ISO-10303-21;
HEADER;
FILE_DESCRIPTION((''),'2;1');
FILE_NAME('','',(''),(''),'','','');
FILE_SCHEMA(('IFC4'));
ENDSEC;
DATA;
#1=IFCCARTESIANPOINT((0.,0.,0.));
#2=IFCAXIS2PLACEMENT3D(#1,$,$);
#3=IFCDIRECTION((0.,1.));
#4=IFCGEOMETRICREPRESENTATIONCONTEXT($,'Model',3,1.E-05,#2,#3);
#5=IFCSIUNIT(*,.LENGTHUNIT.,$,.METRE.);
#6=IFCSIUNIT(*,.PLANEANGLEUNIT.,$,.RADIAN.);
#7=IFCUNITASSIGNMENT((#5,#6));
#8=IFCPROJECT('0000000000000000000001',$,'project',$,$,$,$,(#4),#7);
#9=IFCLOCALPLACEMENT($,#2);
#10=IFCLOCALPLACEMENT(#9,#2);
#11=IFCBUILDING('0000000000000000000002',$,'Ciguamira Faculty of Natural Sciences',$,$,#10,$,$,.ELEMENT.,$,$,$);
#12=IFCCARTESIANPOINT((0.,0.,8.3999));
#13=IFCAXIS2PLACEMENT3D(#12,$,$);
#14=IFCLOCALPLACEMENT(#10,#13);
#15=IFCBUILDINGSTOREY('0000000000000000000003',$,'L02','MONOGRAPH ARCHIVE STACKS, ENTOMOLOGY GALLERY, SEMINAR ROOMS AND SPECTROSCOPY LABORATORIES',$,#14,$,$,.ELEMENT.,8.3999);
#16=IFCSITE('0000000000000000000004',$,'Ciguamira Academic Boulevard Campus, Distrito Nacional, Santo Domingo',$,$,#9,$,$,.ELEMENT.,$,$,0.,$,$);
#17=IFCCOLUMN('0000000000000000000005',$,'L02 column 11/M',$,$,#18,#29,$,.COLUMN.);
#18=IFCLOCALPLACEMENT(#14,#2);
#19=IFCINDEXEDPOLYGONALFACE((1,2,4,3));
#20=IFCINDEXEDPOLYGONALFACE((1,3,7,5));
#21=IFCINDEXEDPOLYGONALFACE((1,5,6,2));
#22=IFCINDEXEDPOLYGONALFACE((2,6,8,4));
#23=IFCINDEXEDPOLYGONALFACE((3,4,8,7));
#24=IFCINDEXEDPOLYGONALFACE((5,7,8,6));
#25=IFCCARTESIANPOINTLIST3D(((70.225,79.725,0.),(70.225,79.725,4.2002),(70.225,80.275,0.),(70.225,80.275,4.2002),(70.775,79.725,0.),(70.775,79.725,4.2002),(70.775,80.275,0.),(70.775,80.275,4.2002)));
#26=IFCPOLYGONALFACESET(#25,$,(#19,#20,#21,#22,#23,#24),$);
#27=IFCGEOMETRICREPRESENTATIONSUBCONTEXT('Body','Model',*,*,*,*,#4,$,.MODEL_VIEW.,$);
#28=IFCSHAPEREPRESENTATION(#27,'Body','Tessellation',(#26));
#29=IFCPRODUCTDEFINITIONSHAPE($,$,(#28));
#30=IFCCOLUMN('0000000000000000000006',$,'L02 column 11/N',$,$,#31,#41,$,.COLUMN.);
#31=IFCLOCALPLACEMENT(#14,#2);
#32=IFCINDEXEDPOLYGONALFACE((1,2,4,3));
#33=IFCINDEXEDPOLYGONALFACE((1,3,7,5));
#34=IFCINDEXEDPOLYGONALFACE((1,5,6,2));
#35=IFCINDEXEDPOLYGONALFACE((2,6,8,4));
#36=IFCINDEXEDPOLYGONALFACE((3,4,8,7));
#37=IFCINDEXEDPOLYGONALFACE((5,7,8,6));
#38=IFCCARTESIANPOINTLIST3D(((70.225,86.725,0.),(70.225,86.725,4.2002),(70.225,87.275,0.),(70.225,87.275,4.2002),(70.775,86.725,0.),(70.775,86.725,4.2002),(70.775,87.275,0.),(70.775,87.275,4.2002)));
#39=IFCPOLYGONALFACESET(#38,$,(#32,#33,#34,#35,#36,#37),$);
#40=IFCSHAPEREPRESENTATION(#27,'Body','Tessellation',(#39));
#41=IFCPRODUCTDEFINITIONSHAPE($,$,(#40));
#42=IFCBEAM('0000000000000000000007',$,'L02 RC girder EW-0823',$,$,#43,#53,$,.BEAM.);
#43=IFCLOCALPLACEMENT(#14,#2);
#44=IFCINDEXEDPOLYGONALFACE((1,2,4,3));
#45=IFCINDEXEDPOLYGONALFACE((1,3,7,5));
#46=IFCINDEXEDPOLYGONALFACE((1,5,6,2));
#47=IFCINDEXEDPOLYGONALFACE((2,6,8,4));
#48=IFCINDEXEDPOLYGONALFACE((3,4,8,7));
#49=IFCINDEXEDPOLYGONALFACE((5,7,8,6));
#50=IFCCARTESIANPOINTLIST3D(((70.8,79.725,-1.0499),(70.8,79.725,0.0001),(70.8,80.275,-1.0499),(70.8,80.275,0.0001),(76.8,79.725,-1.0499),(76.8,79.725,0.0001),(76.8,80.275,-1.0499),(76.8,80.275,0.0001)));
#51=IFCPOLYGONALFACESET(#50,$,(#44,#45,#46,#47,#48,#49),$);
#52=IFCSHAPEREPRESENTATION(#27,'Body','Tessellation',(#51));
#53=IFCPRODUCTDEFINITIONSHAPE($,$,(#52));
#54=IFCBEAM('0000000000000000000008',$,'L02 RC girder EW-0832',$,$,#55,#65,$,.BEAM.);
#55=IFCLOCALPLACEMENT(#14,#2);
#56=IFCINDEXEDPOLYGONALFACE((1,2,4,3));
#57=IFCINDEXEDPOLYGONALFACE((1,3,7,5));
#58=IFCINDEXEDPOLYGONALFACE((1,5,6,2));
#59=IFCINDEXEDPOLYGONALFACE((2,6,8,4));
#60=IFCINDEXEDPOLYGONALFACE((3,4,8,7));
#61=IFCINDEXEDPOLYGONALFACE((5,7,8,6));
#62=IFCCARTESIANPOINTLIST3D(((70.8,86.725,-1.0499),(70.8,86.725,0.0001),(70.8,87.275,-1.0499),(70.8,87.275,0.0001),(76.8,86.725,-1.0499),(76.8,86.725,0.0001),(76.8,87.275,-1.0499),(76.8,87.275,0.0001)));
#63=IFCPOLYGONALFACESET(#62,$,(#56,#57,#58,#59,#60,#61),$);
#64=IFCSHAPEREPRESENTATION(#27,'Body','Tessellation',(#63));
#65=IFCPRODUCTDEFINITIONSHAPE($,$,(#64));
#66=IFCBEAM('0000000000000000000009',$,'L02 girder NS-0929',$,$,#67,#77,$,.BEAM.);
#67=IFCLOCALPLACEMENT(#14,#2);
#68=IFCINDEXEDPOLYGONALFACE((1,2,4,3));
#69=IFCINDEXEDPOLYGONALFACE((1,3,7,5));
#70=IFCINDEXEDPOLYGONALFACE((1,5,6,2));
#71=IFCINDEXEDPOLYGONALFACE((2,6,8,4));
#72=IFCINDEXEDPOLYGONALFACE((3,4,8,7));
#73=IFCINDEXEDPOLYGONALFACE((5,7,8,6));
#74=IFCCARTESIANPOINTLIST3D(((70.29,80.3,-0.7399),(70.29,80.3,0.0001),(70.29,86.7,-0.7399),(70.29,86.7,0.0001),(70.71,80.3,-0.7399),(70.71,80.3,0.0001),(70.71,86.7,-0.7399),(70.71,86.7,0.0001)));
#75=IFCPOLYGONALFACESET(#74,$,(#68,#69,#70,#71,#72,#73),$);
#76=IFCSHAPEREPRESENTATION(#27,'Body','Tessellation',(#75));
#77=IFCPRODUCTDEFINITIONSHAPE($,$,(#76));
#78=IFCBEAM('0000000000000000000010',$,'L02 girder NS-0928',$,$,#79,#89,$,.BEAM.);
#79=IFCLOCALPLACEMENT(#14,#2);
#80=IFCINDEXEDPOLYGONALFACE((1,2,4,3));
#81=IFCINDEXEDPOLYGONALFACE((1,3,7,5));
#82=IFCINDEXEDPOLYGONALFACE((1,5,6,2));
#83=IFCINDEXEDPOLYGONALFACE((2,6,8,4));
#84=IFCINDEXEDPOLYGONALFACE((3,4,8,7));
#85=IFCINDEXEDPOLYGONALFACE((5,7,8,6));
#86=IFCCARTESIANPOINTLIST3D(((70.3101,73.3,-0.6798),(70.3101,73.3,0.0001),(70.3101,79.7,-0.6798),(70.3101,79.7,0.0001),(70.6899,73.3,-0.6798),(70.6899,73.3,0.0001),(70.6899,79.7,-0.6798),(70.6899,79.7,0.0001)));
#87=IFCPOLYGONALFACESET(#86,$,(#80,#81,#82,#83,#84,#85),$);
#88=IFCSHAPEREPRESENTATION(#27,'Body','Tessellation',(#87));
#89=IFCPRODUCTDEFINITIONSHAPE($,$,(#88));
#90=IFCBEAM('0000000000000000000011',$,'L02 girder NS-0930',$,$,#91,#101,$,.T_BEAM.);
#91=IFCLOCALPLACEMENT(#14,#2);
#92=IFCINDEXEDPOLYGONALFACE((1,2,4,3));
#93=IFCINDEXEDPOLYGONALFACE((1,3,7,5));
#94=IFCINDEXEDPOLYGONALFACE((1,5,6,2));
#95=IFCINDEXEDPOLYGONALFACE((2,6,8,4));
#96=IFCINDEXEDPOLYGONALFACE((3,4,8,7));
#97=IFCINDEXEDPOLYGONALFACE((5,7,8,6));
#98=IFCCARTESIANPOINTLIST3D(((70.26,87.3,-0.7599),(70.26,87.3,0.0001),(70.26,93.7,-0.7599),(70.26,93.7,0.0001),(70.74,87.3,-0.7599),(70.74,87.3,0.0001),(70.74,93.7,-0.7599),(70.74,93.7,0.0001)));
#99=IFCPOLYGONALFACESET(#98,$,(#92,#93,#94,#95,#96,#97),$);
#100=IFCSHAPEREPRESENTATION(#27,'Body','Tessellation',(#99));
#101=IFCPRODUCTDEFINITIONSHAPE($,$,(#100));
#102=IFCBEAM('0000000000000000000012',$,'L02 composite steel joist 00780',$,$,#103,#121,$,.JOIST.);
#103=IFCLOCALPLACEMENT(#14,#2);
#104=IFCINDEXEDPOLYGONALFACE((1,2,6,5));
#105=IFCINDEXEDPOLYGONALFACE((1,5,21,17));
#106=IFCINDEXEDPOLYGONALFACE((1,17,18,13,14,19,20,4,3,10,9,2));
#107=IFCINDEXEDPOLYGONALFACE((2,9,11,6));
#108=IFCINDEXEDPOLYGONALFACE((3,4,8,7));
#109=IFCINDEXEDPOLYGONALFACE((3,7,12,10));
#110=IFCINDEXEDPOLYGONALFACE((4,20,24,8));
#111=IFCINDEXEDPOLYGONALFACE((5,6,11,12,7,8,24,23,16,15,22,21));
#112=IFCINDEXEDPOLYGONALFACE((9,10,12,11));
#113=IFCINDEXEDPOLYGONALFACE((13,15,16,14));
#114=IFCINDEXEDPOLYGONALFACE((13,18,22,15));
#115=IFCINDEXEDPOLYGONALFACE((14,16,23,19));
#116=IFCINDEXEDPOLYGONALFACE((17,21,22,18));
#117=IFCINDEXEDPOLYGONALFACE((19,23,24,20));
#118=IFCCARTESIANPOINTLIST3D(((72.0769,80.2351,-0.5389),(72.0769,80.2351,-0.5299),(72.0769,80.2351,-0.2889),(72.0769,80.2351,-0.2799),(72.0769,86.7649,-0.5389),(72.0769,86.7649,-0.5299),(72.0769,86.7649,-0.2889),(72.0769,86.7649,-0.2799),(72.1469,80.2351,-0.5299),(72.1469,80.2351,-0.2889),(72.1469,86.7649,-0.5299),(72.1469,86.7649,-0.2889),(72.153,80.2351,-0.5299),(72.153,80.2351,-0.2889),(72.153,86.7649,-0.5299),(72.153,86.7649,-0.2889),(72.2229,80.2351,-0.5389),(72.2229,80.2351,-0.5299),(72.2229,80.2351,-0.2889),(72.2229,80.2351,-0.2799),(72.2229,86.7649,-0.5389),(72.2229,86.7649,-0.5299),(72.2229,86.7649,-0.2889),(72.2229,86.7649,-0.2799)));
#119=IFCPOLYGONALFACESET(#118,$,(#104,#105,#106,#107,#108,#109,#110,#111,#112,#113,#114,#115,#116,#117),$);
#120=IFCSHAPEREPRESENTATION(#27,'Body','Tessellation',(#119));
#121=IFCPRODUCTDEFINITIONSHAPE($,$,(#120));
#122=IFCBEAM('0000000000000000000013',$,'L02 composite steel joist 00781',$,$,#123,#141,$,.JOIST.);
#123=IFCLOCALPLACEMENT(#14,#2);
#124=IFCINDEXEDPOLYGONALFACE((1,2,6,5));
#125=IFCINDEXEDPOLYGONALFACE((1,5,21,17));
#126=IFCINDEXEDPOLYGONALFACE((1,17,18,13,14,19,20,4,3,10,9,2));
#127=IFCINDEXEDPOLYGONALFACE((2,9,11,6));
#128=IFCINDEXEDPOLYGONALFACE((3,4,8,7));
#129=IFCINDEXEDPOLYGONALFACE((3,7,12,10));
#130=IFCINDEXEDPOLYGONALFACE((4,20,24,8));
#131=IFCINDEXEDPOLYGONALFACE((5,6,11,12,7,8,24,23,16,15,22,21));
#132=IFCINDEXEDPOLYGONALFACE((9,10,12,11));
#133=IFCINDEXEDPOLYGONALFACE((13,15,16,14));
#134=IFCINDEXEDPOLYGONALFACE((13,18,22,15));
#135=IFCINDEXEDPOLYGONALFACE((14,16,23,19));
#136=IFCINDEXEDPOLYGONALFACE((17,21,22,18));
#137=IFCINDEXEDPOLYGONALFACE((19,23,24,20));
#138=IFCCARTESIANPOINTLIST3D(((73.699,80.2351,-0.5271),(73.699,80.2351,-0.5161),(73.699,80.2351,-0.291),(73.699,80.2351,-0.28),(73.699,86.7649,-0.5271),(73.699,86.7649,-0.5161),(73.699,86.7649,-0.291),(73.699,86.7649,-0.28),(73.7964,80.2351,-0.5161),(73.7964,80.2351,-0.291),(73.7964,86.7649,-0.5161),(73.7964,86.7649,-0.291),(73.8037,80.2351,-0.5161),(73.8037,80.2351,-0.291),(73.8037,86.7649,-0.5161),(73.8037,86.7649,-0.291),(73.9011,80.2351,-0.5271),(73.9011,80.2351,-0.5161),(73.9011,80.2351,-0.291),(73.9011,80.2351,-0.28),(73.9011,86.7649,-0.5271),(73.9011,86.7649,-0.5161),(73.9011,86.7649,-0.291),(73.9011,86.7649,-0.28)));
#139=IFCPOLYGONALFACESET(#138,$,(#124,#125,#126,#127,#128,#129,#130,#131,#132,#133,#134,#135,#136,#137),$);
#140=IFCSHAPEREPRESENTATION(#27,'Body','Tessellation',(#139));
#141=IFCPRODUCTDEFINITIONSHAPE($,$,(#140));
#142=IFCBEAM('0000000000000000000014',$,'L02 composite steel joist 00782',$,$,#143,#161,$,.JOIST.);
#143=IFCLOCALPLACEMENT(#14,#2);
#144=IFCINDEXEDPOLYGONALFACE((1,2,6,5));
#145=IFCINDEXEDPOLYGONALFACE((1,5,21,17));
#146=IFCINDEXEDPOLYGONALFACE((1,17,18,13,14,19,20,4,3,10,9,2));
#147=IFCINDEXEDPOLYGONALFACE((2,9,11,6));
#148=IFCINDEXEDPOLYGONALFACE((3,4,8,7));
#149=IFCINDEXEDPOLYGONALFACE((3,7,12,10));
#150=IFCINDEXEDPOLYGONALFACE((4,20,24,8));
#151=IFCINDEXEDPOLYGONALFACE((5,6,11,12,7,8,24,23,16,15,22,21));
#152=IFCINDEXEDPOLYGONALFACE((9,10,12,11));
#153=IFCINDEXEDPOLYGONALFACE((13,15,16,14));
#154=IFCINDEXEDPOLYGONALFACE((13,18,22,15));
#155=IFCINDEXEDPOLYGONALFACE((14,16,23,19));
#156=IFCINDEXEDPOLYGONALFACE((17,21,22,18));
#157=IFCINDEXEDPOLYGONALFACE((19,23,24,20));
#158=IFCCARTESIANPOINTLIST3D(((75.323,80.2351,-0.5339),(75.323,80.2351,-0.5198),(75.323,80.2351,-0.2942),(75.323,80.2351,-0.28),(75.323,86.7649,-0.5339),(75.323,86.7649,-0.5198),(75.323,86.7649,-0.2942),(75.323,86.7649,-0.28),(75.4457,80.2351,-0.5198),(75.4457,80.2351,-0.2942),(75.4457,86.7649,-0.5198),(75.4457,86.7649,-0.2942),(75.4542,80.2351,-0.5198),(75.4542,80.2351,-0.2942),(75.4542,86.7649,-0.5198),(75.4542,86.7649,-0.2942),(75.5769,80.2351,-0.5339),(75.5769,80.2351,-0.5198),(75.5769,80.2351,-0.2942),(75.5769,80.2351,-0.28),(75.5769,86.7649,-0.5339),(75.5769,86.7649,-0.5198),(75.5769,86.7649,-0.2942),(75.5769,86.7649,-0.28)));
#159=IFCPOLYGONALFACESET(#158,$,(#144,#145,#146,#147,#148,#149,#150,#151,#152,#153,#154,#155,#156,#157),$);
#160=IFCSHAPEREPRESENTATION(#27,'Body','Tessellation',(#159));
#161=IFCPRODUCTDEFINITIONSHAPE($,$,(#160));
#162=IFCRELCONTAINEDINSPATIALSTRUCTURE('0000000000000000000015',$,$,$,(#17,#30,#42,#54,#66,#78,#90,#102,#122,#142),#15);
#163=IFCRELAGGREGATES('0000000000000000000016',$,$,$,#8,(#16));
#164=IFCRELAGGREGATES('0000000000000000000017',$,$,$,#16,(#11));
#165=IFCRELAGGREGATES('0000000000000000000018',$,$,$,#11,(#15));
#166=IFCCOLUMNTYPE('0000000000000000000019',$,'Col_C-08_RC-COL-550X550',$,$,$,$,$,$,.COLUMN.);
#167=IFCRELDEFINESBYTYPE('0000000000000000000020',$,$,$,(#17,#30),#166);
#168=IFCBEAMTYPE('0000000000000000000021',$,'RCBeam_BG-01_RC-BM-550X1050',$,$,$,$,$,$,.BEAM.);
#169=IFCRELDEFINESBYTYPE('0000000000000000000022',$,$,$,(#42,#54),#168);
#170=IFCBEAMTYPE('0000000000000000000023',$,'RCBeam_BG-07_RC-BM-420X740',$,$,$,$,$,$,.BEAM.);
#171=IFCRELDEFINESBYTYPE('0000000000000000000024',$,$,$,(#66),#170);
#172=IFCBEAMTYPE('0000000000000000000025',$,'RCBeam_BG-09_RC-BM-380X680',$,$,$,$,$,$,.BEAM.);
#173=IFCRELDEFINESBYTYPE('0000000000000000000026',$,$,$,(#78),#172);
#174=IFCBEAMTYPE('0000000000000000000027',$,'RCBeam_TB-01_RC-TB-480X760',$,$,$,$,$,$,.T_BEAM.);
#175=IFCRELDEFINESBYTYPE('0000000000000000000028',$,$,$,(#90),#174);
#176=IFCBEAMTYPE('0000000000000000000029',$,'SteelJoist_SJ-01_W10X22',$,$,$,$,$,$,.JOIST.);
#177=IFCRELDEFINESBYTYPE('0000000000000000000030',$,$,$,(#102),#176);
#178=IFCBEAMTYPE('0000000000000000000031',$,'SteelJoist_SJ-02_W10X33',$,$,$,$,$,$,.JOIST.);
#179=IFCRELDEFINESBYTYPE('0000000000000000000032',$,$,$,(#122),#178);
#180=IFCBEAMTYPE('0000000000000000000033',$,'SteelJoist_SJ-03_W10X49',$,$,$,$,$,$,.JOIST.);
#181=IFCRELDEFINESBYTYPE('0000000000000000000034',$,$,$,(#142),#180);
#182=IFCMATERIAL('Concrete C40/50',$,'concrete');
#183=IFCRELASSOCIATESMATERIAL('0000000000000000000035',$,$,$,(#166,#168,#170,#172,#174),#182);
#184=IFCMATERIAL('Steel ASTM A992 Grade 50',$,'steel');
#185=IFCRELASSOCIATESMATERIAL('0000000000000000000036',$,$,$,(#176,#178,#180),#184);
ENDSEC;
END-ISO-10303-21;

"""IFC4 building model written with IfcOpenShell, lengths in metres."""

from ifc_helpers import new_model, si_unit, direction, frame, origin, origin_2d, place, context, subcontext, project, spatial, rectangle, i_section, extrude, material, material_profile, profile_set, type_object, element, save


model = new_model("IFC4")

# Units and contexts
model_context = context("Model", 3, precision=1e-05, world=origin(), true_north=direction((0.0, 1.0)))
body_context = subcontext(model_context, "Body", "Model", "MODEL_VIEW")
ifc_project = project(units=[si_unit("LENGTHUNIT", "METRE"), si_unit("PLANEANGLEUNIT", "RADIAN")], contexts=[model_context])

# Site, building, storey
site_placement = place(None, origin())
site = spatial("IfcSite", under=ifc_project, at=site_placement, Name="Ciguamira Academic Boulevard Campus, Distrito Nacional, Santo Domingo", CompositionType="ELEMENT", RefElevation=0.0)
building_placement = place(site_placement, origin())
building = spatial("IfcBuilding", under=site, at=building_placement, Name="Ciguamira Faculty of Natural Sciences", CompositionType="ELEMENT")
storey_placement = place(building_placement, frame((0.0, 0.0, 8.3999)))
storey = spatial("IfcBuildingStorey", under=building, at=storey_placement, Name="L02", Description="MONOGRAPH ARCHIVE STACKS, ENTOMOLOGY GALLERY, SEMINAR ROOMS AND SPECTROSCOPY LABORATORIES", CompositionType="ELEMENT", Elevation=8.3999)

# Columns
ifc_material_1 = material(Name="Concrete C40/50", Category="concrete")
ifc_material_profile_1 = material_profile(ifc_material_1, rectangle(XDim=0.55, YDim=0.55, at=origin_2d()), Name="RC-COL-550X550")
ifc_profile_set_1 = profile_set([ifc_material_profile_1], Name="Concrete C40/50")
column_type = type_object("IfcColumnType", Name="Col_C-08_RC-COL-550X550", PredefinedType="COLUMN", material=ifc_profile_set_1)
for number, where, z_axis, x_axis, name in (
    (1, (70.5, 80.0, 0.0), (0.0, 0.0, 1.0), (1.0, 0.0, 0.0), "L02 column 11/M"),
    (2, (70.5, 87.0, 0.0), (0.0, 0.0, 1.0), (1.0, 0.0, 0.0), "L02 column 11/N"),
):
    element("IfcColumn", number, at=place(storey_placement, frame(where, z_axis=z_axis, x_axis=x_axis)), inside=storey, type_object=column_type, Name=name, PredefinedType="COLUMN", context=body_context, shape_type="SweptSolid", body=[
        extrude(rectangle(XDim=0.55, YDim=0.55, at=origin_2d()), origin(), (0.0, 0.0, 1.0), 4.2002),
    ])

# Beams
ifc_material_profile_2 = material_profile(ifc_material_1, rectangle(XDim=0.55, YDim=1.05, at=origin_2d()), Name="RC-BM-550X1050")
ifc_profile_set_2 = profile_set([ifc_material_profile_2], Name="Concrete C40/50")
beam_type_1 = type_object("IfcBeamType", Name="RCBeam_BG-01_RC-BM-550X1050", PredefinedType="BEAM", material=ifc_profile_set_2)
for number, where, z_axis, x_axis, name in (
    (3, (70.8, 80.0, -0.5249), (1.0, 0.0, 0.0), (0.0, 1.0, 0.0), "L02 RC girder EW-0823"),
    (4, (70.8, 87.0, -0.5249), (1.0, 0.0, 0.0), (0.0, 1.0, 0.0), "L02 RC girder EW-0832"),
):
    element("IfcBeam", number, at=place(storey_placement, frame(where, z_axis=z_axis, x_axis=x_axis)), inside=storey, type_object=beam_type_1, Name=name, PredefinedType="BEAM", context=body_context, shape_type="SweptSolid", body=[
        extrude(rectangle(XDim=0.55, YDim=1.05, at=origin_2d()), origin(), (0.0, 0.0, 1.0), 6.0),
    ])
ifc_material_profile_3 = material_profile(ifc_material_1, rectangle(XDim=0.4199, YDim=0.74, at=origin_2d()), Name="RC-BM-420X740")
ifc_profile_set_3 = profile_set([ifc_material_profile_3], Name="Concrete C40/50")
beam_type_2 = type_object("IfcBeamType", Name="RCBeam_BG-07_RC-BM-420X740", PredefinedType="BEAM", material=ifc_profile_set_3)
beam_1_placement = place(storey_placement, frame((70.5, 80.3, -0.3699), z_axis=(0.0, 1.0, 0.0), x_axis=(-1.0, 0.0, 0.0)))
element("IfcBeam", 5, at=beam_1_placement, inside=storey, type_object=beam_type_2, Name="L02 girder NS-0929", PredefinedType="BEAM", context=body_context, shape_type="SweptSolid", body=[
    extrude(rectangle(XDim=0.4199, YDim=0.74, at=origin_2d()), origin(), (0.0, 0.0, 1.0), 6.3999),
])
ifc_material_profile_4 = material_profile(ifc_material_1, rectangle(XDim=0.3799, YDim=0.6799, at=origin_2d()), Name="RC-BM-380X680")
ifc_profile_set_4 = profile_set([ifc_material_profile_4], Name="Concrete C40/50")
beam_type_3 = type_object("IfcBeamType", Name="RCBeam_BG-09_RC-BM-380X680", PredefinedType="BEAM", material=ifc_profile_set_4)
beam_2_placement = place(storey_placement, frame((70.5, 73.3, -0.3398), z_axis=(0.0, 1.0, 0.0), x_axis=(-1.0, 0.0, 0.0)))
element("IfcBeam", 6, at=beam_2_placement, inside=storey, type_object=beam_type_3, Name="L02 girder NS-0928", PredefinedType="BEAM", context=body_context, shape_type="SweptSolid", body=[
    extrude(rectangle(XDim=0.3799, YDim=0.6799, at=origin_2d()), origin(), (0.0, 0.0, 1.0), 6.3999),
])
ifc_material_profile_5 = material_profile(ifc_material_1, rectangle(XDim=0.48, YDim=0.76, at=origin_2d()), Name="RC-TB-480X760")
ifc_profile_set_5 = profile_set([ifc_material_profile_5], Name="Concrete C40/50")
beam_type_4 = type_object("IfcBeamType", Name="RCBeam_TB-01_RC-TB-480X760", PredefinedType="T_BEAM", material=ifc_profile_set_5)
beam_3_placement = place(storey_placement, frame((70.5, 87.3, -0.3799), z_axis=(0.0, 1.0, 0.0), x_axis=(-1.0, 0.0, 0.0)))
element("IfcBeam", 7, at=beam_3_placement, inside=storey, type_object=beam_type_4, Name="L02 girder NS-0930", PredefinedType="T_BEAM", context=body_context, shape_type="SweptSolid", body=[
    extrude(rectangle(XDim=0.48, YDim=0.76, at=origin_2d()), origin(), (0.0, 0.0, 1.0), 6.3999),
])
ifc_material_2 = material(Name="Steel ASTM A992 Grade 50", Category="steel")
ifc_material_profile_6 = material_profile(ifc_material_2, i_section(OverallWidth=0.146, OverallDepth=0.259, WebThickness=0.0061, FlangeThickness=0.009, at=origin_2d()), Name="W10X22")
ifc_profile_set_6 = profile_set([ifc_material_profile_6], Name="Steel ASTM A992 Grade 50")
beam_type_5 = type_object("IfcBeamType", Name="SteelJoist_SJ-01_W10X22", PredefinedType="JOIST", material=ifc_profile_set_6)
beam_4_placement = place(storey_placement, frame((72.1499, 80.2351, -0.4094), z_axis=(0.0, 1.0, 0.0), x_axis=(-1.0, 0.0, 0.0)))
element("IfcBeam", 8, at=beam_4_placement, inside=storey, type_object=beam_type_5, Name="L02 composite steel joist 00780", PredefinedType="JOIST", context=body_context, shape_type="SweptSolid", body=[
    extrude(i_section(OverallWidth=0.146, OverallDepth=0.259, WebThickness=0.0061, FlangeThickness=0.009, at=origin_2d()), origin(), (0.0, 0.0, 1.0), 6.5298),
])
ifc_material_profile_7 = material_profile(ifc_material_2, i_section(OverallWidth=0.2021, OverallDepth=0.2471, WebThickness=0.0073, FlangeThickness=0.011, at=origin_2d()), Name="W10X33")
ifc_profile_set_7 = profile_set([ifc_material_profile_7], Name="Steel ASTM A992 Grade 50")
beam_type_6 = type_object("IfcBeamType", Name="SteelJoist_SJ-02_W10X33", PredefinedType="JOIST", material=ifc_profile_set_7)
beam_5_placement = place(storey_placement, frame((73.8, 80.2351, -0.4036), z_axis=(0.0, 1.0, 0.0), x_axis=(-1.0, 0.0, 0.0)))
element("IfcBeam", 9, at=beam_5_placement, inside=storey, type_object=beam_type_6, Name="L02 composite steel joist 00781", PredefinedType="JOIST", context=body_context, shape_type="SweptSolid", body=[
    extrude(i_section(OverallWidth=0.2021, OverallDepth=0.2471, WebThickness=0.0073, FlangeThickness=0.011, at=origin_2d()), origin(), (0.0, 0.0, 1.0), 6.5298),
])
ifc_material_profile_8 = material_profile(ifc_material_2, i_section(OverallWidth=0.2539, OverallDepth=0.2539, WebThickness=0.0085, FlangeThickness=0.0142, at=origin_2d()), Name="W10X49")
ifc_profile_set_8 = profile_set([ifc_material_profile_8], Name="Steel ASTM A992 Grade 50")
beam_type_7 = type_object("IfcBeamType", Name="SteelJoist_SJ-03_W10X49", PredefinedType="JOIST", material=ifc_profile_set_8)
beam_6_placement = place(storey_placement, frame((75.45, 80.2351, -0.407), z_axis=(0.0, 1.0, 0.0), x_axis=(-1.0, 0.0, 0.0)))
element("IfcBeam", 10, at=beam_6_placement, inside=storey, type_object=beam_type_7, Name="L02 composite steel joist 00782", PredefinedType="JOIST", context=body_context, shape_type="SweptSolid", body=[
    extrude(i_section(OverallWidth=0.2539, OverallDepth=0.2539, WebThickness=0.0085, FlangeThickness=0.0142, at=origin_2d()), origin(), (0.0, 0.0, 1.0), 6.5298),
])

save(model, "model.ifc")
